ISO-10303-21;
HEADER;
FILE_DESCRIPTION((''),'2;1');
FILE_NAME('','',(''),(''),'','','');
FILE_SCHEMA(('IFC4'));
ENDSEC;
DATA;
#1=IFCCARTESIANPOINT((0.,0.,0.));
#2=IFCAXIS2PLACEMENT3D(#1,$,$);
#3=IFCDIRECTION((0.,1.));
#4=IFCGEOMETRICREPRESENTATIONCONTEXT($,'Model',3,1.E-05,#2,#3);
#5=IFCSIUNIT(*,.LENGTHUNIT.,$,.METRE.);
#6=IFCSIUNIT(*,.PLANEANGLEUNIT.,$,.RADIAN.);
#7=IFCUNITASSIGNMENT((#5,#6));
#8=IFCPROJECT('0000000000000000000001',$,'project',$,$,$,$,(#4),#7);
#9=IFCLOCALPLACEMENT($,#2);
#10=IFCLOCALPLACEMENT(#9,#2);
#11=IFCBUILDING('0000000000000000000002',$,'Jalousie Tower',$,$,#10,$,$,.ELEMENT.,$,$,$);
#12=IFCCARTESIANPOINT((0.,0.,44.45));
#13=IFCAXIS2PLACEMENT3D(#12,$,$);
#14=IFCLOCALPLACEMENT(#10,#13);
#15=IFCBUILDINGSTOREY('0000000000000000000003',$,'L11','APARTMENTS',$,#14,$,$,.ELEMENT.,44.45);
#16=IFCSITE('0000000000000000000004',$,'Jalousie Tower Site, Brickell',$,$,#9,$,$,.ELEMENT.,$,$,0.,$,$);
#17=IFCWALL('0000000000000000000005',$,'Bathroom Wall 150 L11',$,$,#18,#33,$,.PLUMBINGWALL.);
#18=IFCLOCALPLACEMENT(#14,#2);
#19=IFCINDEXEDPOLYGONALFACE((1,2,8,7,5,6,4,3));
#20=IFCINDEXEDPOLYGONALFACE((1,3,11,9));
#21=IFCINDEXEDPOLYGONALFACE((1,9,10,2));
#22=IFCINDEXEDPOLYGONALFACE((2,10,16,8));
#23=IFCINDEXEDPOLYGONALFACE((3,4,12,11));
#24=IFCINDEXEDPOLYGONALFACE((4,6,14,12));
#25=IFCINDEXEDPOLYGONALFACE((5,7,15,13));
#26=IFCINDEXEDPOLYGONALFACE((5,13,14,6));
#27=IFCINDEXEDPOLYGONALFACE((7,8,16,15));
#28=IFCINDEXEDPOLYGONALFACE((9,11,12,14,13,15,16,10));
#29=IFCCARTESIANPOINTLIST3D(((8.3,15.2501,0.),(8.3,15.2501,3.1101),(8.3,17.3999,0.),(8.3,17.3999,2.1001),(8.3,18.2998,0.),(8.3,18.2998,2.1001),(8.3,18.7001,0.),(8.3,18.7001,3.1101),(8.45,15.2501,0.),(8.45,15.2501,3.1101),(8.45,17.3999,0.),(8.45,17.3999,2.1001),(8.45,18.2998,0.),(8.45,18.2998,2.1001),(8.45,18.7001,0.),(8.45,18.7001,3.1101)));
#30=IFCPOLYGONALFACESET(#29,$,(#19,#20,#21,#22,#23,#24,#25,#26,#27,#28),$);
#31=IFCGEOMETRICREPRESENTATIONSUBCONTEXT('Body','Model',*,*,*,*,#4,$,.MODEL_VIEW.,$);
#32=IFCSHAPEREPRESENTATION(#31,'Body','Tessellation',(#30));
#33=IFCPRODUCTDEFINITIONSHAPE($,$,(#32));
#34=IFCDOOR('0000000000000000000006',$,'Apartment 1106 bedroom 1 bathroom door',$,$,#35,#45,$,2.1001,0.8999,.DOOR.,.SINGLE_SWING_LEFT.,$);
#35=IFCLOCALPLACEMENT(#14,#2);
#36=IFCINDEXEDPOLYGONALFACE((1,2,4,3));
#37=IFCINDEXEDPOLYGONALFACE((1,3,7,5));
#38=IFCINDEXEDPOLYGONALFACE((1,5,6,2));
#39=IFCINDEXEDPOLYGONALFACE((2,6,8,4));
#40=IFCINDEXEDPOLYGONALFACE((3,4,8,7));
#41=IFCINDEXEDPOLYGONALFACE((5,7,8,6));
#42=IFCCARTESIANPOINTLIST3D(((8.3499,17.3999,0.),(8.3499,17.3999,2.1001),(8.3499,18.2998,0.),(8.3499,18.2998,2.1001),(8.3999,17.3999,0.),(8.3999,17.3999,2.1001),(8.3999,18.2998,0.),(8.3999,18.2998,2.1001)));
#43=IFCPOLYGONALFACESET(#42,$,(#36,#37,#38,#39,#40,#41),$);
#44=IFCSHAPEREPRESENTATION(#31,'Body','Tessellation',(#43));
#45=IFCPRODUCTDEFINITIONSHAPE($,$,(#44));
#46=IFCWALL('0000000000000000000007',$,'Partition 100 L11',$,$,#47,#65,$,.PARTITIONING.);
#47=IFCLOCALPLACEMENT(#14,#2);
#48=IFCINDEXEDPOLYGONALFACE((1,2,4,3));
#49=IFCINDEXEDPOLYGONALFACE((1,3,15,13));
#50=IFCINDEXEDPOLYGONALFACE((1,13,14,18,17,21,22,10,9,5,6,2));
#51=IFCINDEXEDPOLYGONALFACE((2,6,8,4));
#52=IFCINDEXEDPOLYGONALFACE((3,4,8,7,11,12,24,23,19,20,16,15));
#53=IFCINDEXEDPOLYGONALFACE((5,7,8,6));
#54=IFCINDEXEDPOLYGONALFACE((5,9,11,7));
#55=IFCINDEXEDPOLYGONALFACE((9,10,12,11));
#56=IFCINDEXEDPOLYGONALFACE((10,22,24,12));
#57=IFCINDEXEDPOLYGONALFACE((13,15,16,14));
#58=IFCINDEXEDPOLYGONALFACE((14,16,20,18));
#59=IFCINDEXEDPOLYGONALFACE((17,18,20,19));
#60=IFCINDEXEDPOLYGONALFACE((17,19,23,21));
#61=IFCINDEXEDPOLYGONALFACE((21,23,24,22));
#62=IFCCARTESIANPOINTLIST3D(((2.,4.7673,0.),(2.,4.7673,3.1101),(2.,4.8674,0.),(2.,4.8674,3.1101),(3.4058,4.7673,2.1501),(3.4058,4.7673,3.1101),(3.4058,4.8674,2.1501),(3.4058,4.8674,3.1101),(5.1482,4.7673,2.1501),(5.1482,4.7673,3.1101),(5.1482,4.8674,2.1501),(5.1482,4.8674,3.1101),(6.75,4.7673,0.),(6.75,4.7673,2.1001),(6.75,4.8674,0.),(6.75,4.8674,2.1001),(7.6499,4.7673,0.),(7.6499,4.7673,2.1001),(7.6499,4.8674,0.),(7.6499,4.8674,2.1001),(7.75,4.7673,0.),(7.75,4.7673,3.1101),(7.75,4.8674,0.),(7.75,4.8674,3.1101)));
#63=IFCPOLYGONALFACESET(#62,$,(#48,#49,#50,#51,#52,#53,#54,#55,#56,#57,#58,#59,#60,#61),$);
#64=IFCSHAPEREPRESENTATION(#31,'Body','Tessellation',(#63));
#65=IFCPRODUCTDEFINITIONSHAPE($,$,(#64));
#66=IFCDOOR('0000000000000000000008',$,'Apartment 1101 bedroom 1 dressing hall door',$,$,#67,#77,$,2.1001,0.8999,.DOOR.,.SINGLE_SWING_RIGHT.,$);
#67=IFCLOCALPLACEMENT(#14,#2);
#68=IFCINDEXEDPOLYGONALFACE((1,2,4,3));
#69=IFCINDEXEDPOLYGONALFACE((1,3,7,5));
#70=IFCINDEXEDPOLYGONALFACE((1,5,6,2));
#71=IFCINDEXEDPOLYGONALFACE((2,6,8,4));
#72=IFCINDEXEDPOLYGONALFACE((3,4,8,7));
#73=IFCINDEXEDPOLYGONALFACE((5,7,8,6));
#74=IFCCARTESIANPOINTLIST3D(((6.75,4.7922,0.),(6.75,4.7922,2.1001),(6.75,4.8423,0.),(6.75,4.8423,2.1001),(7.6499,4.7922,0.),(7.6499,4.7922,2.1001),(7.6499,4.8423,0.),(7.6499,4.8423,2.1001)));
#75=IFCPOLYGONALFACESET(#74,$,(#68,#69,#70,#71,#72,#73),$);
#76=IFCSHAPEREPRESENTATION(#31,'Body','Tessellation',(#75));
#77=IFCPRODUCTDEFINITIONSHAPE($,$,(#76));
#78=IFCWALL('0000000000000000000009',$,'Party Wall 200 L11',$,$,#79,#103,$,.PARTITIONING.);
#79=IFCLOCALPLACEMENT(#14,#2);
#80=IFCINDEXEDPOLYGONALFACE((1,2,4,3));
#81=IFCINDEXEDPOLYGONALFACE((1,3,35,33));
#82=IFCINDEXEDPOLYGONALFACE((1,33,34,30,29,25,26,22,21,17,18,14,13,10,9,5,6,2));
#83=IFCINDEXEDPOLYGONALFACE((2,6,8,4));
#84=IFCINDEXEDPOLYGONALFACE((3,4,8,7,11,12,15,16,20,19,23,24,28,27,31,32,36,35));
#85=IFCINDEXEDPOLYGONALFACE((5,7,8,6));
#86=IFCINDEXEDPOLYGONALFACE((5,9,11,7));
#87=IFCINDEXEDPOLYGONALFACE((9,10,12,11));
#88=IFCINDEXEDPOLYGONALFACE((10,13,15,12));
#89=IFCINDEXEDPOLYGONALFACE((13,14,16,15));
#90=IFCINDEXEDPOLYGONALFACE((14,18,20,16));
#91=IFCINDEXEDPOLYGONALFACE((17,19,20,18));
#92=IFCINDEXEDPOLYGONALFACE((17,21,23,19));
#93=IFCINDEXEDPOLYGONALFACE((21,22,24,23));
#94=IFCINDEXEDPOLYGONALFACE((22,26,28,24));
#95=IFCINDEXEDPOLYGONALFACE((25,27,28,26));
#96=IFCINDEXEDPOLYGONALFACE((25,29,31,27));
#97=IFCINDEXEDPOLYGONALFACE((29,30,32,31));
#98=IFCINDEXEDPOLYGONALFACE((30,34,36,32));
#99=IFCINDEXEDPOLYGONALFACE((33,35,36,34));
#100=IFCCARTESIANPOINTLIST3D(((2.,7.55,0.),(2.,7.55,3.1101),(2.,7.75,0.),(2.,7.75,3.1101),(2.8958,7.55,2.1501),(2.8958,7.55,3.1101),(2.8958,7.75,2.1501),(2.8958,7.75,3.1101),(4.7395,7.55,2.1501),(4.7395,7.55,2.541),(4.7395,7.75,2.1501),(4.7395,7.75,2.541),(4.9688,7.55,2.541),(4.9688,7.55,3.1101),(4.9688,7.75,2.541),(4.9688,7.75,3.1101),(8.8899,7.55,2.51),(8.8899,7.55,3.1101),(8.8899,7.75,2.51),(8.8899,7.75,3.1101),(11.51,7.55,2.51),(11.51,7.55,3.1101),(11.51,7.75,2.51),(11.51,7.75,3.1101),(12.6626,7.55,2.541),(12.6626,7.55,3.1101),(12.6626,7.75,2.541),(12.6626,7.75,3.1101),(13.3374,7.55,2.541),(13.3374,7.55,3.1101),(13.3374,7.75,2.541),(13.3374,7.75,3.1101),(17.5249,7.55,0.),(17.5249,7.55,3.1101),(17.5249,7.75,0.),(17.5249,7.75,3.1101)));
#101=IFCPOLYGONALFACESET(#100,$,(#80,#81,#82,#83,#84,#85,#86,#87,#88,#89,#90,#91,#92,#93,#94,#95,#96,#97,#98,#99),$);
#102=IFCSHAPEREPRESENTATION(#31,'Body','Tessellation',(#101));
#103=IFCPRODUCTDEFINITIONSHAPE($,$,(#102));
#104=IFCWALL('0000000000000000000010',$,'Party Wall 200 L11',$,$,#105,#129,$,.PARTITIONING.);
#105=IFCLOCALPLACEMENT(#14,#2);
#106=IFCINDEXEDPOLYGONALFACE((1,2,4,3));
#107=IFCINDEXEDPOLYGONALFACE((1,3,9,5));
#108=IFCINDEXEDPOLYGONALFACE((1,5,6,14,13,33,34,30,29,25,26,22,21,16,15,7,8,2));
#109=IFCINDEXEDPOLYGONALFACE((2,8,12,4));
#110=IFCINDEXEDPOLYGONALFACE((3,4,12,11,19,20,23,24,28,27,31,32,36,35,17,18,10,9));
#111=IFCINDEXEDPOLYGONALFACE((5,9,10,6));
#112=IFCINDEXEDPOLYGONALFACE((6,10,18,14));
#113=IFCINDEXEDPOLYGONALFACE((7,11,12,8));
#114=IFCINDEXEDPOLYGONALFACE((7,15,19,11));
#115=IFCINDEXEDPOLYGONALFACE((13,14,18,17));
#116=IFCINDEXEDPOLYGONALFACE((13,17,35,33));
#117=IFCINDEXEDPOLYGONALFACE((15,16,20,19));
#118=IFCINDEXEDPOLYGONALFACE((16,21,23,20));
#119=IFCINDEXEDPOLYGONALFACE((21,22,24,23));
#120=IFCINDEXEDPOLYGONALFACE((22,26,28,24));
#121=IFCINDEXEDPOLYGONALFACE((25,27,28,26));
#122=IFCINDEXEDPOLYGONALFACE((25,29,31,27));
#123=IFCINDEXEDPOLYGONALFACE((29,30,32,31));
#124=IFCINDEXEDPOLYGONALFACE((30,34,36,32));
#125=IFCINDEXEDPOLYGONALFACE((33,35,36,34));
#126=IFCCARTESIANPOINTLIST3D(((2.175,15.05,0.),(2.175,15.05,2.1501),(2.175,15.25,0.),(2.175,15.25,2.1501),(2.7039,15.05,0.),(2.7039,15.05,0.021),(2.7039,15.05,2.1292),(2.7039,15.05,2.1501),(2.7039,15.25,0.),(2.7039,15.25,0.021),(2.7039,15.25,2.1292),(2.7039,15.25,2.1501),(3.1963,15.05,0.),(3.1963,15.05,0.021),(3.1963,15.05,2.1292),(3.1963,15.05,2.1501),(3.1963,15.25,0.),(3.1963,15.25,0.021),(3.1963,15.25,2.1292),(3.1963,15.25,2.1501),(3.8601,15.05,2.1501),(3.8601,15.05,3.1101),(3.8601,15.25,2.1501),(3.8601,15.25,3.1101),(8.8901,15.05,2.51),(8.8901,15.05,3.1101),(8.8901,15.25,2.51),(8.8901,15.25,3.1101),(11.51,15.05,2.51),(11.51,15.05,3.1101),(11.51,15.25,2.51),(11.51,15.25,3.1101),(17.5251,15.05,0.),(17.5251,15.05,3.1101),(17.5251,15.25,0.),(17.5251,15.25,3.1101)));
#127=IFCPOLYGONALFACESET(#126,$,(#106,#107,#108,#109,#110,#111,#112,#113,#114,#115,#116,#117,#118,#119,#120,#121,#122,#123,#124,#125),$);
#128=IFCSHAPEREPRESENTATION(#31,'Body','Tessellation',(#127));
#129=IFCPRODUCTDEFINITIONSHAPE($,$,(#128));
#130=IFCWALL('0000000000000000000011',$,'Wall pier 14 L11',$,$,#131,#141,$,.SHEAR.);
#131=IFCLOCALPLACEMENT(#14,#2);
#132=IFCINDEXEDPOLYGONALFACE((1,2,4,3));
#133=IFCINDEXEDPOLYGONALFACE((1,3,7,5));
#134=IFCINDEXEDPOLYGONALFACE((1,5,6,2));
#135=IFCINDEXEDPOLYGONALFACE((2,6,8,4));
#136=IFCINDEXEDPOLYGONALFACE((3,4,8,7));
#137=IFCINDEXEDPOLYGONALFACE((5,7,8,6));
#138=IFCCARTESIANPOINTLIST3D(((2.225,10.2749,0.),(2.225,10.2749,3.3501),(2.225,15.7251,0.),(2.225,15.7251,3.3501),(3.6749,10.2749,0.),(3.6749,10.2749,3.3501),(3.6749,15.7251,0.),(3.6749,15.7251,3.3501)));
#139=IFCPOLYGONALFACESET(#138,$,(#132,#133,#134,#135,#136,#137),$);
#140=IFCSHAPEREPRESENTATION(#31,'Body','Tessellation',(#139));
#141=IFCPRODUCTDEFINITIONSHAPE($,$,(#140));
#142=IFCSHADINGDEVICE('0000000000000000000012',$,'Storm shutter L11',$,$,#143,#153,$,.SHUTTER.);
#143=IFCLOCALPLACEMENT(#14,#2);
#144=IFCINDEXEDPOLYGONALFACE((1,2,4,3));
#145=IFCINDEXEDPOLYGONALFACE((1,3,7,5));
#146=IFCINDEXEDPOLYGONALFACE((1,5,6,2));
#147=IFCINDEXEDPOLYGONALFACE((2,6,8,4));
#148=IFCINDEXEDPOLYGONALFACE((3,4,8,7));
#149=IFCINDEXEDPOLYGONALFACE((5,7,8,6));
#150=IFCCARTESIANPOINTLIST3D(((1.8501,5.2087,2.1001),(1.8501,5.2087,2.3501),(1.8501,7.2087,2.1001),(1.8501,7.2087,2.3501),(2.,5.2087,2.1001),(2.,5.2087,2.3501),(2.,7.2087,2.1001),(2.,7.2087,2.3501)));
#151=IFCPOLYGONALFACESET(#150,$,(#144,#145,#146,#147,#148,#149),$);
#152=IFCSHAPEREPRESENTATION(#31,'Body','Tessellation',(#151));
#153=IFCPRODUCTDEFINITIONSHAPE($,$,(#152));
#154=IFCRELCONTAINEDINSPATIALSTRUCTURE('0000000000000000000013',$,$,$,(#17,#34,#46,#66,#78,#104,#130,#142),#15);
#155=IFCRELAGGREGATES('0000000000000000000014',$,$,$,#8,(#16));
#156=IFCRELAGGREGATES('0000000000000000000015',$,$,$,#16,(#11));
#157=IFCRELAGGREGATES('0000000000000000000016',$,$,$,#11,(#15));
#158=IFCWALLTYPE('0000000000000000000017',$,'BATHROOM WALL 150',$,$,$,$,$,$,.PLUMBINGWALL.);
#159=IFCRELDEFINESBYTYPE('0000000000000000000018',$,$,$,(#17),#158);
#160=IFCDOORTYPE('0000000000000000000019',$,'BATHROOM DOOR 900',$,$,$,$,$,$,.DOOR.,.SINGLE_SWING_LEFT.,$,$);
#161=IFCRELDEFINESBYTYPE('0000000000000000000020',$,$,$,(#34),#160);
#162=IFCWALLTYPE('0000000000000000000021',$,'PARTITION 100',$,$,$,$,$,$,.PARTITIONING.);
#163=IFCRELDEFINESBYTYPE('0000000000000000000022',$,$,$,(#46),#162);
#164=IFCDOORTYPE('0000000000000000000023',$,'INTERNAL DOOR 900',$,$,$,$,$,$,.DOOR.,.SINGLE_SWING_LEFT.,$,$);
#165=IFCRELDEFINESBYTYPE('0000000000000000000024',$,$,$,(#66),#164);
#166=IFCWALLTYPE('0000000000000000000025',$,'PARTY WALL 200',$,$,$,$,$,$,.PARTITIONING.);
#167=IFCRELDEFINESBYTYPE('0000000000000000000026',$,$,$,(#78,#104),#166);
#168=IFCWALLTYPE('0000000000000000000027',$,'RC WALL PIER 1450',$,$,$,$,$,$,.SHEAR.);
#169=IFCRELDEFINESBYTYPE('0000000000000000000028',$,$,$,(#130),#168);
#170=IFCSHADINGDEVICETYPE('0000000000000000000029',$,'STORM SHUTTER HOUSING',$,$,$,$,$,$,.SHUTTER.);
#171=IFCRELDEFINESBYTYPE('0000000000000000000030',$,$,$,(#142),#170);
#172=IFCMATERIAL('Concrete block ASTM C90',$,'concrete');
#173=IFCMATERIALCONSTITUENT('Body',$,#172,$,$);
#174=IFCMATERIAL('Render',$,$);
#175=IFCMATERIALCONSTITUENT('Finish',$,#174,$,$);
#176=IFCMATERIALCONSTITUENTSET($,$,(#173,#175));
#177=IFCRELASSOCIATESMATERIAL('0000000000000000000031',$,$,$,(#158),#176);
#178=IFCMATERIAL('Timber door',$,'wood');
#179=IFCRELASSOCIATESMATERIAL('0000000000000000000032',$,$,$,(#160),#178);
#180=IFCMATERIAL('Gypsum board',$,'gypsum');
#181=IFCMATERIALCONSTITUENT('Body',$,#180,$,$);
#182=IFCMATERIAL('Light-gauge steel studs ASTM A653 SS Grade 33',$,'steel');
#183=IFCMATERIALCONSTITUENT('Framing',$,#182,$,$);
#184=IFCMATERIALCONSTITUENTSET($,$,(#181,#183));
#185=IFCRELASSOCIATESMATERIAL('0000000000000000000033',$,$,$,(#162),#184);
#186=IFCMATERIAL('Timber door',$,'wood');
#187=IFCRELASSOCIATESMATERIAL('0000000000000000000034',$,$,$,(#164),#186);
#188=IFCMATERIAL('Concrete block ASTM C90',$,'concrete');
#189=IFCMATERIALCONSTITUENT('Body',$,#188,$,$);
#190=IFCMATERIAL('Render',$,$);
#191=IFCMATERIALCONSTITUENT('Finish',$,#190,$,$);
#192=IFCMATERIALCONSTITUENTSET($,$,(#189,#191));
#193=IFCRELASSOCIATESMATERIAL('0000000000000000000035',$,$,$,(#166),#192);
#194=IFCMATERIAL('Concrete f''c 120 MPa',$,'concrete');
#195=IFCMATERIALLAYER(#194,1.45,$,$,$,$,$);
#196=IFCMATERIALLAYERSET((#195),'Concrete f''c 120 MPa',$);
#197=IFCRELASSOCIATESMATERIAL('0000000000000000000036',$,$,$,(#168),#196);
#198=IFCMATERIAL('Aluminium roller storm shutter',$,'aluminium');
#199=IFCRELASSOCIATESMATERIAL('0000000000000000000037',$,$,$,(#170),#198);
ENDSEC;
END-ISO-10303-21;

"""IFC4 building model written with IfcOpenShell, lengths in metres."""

from ifc_helpers import new_model, si_unit, direction, frame, frame_2d, origin, origin_2d, place, context, subcontext, project, spatial, polyline, rectangle, outline, extrude, material, layer, layer_set, constituent, constituent_set, type_object, element, fill, save


model = new_model("IFC4")

# Units and contexts
model_context = context("Model", 3, precision=1e-05, world=origin(), true_north=direction((0.0, 1.0)))
body_context = subcontext(model_context, "Body", "Model", "MODEL_VIEW")
ifc_project = project(units=[si_unit("LENGTHUNIT", "METRE"), si_unit("PLANEANGLEUNIT", "RADIAN")], contexts=[model_context])

# Site, building, storey
site_placement = place(None, origin())
site = spatial("IfcSite", under=ifc_project, at=site_placement, Name="Jalousie Tower Site, Brickell", CompositionType="ELEMENT", RefElevation=0.0)
building_placement = place(site_placement, origin())
building = spatial("IfcBuilding", under=site, at=building_placement, Name="Jalousie Tower", CompositionType="ELEMENT")
storey_placement = place(building_placement, frame((0.0, 0.0, 44.45)))
storey = spatial("IfcBuildingStorey", under=building, at=storey_placement, Name="L11", Description="APARTMENTS", CompositionType="ELEMENT", Elevation=44.45)

# Walls, openings, doors
ifc_material_1 = material(Name="Concrete block ASTM C90", Category="concrete")
ifc_constituent_1 = constituent(ifc_material_1, Name="Body")
ifc_material_2 = material(Name="Render")
ifc_constituent_2 = constituent(ifc_material_2, Name="Finish")
ifc_constituent_set_1 = constituent_set(constituents=[ifc_constituent_1, ifc_constituent_2])
wall_type_1 = type_object("IfcWallType", Name="BATHROOM WALL 150", PredefinedType="PLUMBINGWALL", material=ifc_constituent_set_1)
ifc_material_3 = material(Name="Timber door", Category="wood")
door_type_1 = type_object("IfcDoorType", Name="BATHROOM DOOR 900", OperationType="SINGLE_SWING_LEFT", PredefinedType="DOOR", material=ifc_material_3)
wall_1_placement = place(storey_placement, frame((8.375, 15.25, 0.0), z_axis=(0.0, 0.0, 1.0), x_axis=(0.0, 1.0, 0.0)))
wall_1 = element("IfcWall", 1, at=wall_1_placement, inside=storey, type_object=wall_type_1, Name="Bathroom Wall 150 L11", PredefinedType="PLUMBINGWALL", context=body_context, shape_type="SweptSolid", body=[
    extrude(rectangle(XDim=3.45, YDim=0.1499, at=frame_2d((1.7251, 0.0))), origin(), (0.0, 0.0, 1.0), 3.1101),
])
opening_1_placement = place(wall_1_placement, frame((2.1499, 0.0, 0.0)))
opening_1 = element("IfcOpeningElement", 2, at=opening_1_placement, cuts=wall_1, PredefinedType="OPENING", context=body_context, shape_type="SweptSolid", body=[
    extrude(rectangle(XDim=0.8999, YDim=2.1001, at=frame_2d((0.45, 1.05))), frame((0.0, 0.085, 0.0), z_axis=(0.0, -1.0, 0.0), x_axis=(1.0, 0.0, 0.0)), (0.0, 0.0, 1.0), 0.1699),
])
door_1_placement = place(opening_1_placement, frame((0.8999, 0.0, 0.0), z_axis=(0.0, 0.0, 1.0), x_axis=(-1.0, 0.0, 0.0)))
door_1 = element("IfcDoor", 3, at=door_1_placement, inside=storey, type_object=door_type_1, Name="Apartment 1106 bedroom 1 bathroom door", OperationType="SINGLE_SWING_LEFT", OverallHeight=2.1001, OverallWidth=0.8999, PredefinedType="DOOR", context=body_context, shape_type="SweptSolid", body=[
    extrude(rectangle(XDim=0.8999, YDim=2.1001, at=frame_2d((0.45, 1.05))), frame((0.0, 0.0249, 0.0), z_axis=(0.0, -1.0, 0.0), x_axis=(1.0, 0.0, 0.0)), (0.0, 0.0, 1.0), 0.05),
])
fill(opening_1, door_1)
ifc_material_4 = material(Name="Gypsum board", Category="gypsum")
ifc_constituent_3 = constituent(ifc_material_4, Name="Body")
ifc_material_5 = material(Name="Light-gauge steel studs ASTM A653 SS Grade 33", Category="steel")
ifc_constituent_4 = constituent(ifc_material_5, Name="Framing")
ifc_constituent_set_2 = constituent_set(constituents=[ifc_constituent_3, ifc_constituent_4])
wall_type_2 = type_object("IfcWallType", Name="PARTITION 100", PredefinedType="PARTITIONING", material=ifc_constituent_set_2)
wall_2_placement = place(storey_placement, frame((2.0, 4.8174, 0.0), z_axis=(0.0, 0.0, 1.0), x_axis=(1.0, 0.0, 0.0)))
wall_2 = element("IfcWall", 4, at=wall_2_placement, inside=storey, type_object=wall_type_2, Name="Partition 100 L11", PredefinedType="PARTITIONING", context=body_context, shape_type="SweptSolid", body=[
    extrude(outline(polyline([(0.0, 0.0), (5.75, 0.0), (5.75, 3.1101), (3.1482, 3.1101), (3.1482, 2.1501), (1.4058, 2.1501), (1.4058, 3.1101), (0.0, 3.1101), (0.0, 0.0)])), frame((0.0, 0.05, 0.0), z_axis=(0.0, -1.0, 0.0), x_axis=(1.0, 0.0, 0.0)), (0.0, 0.0, 1.0), 0.1001),
])
opening_2_placement = place(wall_2_placement, frame((4.75, 0.0, 0.0)))
opening_2 = element("IfcOpeningElement", 5, at=opening_2_placement, cuts=wall_2, PredefinedType="OPENING", context=body_context, shape_type="SweptSolid", body=[
    extrude(rectangle(XDim=0.8999, YDim=2.1001, at=frame_2d((0.45, 1.05))), frame((0.0, 0.0601, 0.0), z_axis=(0.0, -1.0, 0.0), x_axis=(1.0, 0.0, 0.0)), (0.0, 0.0, 1.0), 0.1201),
])
ifc_material_6 = material(Name="Timber door", Category="wood")
door_type_2 = type_object("IfcDoorType", Name="INTERNAL DOOR 900", OperationType="SINGLE_SWING_LEFT", PredefinedType="DOOR", material=ifc_material_6)
door_2_placement = place(opening_2_placement, origin())
door_2 = element("IfcDoor", 6, at=door_2_placement, inside=storey, type_object=door_type_2, Name="Apartment 1101 bedroom 1 dressing hall door", OperationType="SINGLE_SWING_RIGHT", OverallHeight=2.1001, OverallWidth=0.8999, PredefinedType="DOOR", context=body_context, shape_type="SweptSolid", body=[
    extrude(rectangle(XDim=0.8999, YDim=2.1001, at=frame_2d((0.45, 1.05))), frame((0.0, 0.0249, 0.0), z_axis=(0.0, -1.0, 0.0), x_axis=(1.0, 0.0, 0.0)), (0.0, 0.0, 1.0), 0.05),
])
fill(opening_2, door_2)

# Walls
ifc_material_7 = material(Name="Concrete block ASTM C90", Category="concrete")
ifc_constituent_5 = constituent(ifc_material_7, Name="Body")
ifc_material_8 = material(Name="Render")
ifc_constituent_6 = constituent(ifc_material_8, Name="Finish")
ifc_constituent_set_3 = constituent_set(constituents=[ifc_constituent_5, ifc_constituent_6])
wall_type_3 = type_object("IfcWallType", Name="PARTY WALL 200", PredefinedType="PARTITIONING", material=ifc_constituent_set_3)
wall_3_placement = place(storey_placement, frame((2.0, 7.6499, 0.0), z_axis=(0.0, 0.0, 1.0), x_axis=(1.0, 0.0, 0.0)))
element("IfcWall", 7, at=wall_3_placement, inside=storey, type_object=wall_type_3, Name="Party Wall 200 L11", PredefinedType="PARTITIONING", context=body_context, shape_type="SweptSolid", body=[
    extrude(outline(polyline([(0.0, 0.0), (15.5249, 0.0), (15.5249, 3.1101), (11.3374, 3.1101), (11.3374, 2.541), (10.6626, 2.541), (10.6626, 3.1101), (9.51, 3.1101), (9.51, 2.51), (6.8899, 2.51), (6.8899, 3.1101), (2.9688, 3.1101), (2.9688, 2.541), (2.7395, 2.541), (2.7395, 2.1501), (0.8958, 2.1501), (0.8958, 3.1101), (0.0, 3.1101), (0.0, 0.0)])), frame((0.0, 0.1001, 0.0), z_axis=(0.0, -1.0, 0.0), x_axis=(1.0, 0.0, 0.0)), (0.0, 0.0, 1.0), 0.2),
])
wall_4_placement = place(storey_placement, frame((2.175, 15.1499, 0.0), z_axis=(0.0, 0.0, 1.0), x_axis=(1.0, 0.0, 0.0)))
element("IfcWall", 8, at=wall_4_placement, inside=storey, type_object=wall_type_3, Name="Party Wall 200 L11", PredefinedType="PARTITIONING", context=body_context, shape_type="SweptSolid", body=[
    extrude(outline(polyline([(0.5288, 2.1501), (0.0, 2.1501), (0.0, 0.0), (0.5288, 0.0), (0.5288, 0.021), (1.0212, 0.021), (1.0212, 0.0), (15.3501, 0.0), (15.3501, 3.1101), (9.335, 3.1101), (9.335, 2.51), (6.7151, 2.51), (6.7151, 3.1101), (1.6851, 3.1101), (1.6851, 2.1501), (1.0212, 2.1501), (1.0212, 2.1292), (0.5288, 2.1292), (0.5288, 2.1501)])), frame((0.0, 0.1001, 0.0), z_axis=(0.0, -1.0, 0.0), x_axis=(1.0, 0.0, 0.0)), (0.0, 0.0, 1.0), 0.2),
])
ifc_material_9 = material(Name="Concrete f'c 120 MPa", Category="concrete")
ifc_layer_1 = layer(ifc_material_9, 1.45)
ifc_layer_set_1 = layer_set([ifc_layer_1], Name="Concrete f'c 120 MPa")
wall_type_4 = type_object("IfcWallType", Name="RC WALL PIER 1450", PredefinedType="SHEAR", material=ifc_layer_set_1)
wall_5_placement = place(storey_placement, frame((2.95, 10.2749, 0.0), z_axis=(0.0, 0.0, 1.0), x_axis=(0.0, 1.0, 0.0)))
element("IfcWall", 9, at=wall_5_placement, inside=storey, type_object=wall_type_4, Name="Wall pier 14 L11", PredefinedType="SHEAR", context=body_context, shape_type="SweptSolid", body=[
    extrude(rectangle(XDim=5.4502, YDim=1.45, at=frame_2d((2.7251, 0.0))), origin(), (0.0, 0.0, 1.0), 3.3501),
])

# Shading device
ifc_material_10 = material(Name="Aluminium roller storm shutter", Category="aluminium")
shading_device_type = type_object("IfcShadingDeviceType", Name="STORM SHUTTER HOUSING", PredefinedType="SHUTTER", material=ifc_material_10)
shading_device_placement = place(storey_placement, frame((1.925, 6.2087, 2.1001), z_axis=(0.0, 0.0, 1.0), x_axis=(0.0, -1.0, 0.0)))
element("IfcShadingDevice", 10, at=shading_device_placement, inside=storey, type_object=shading_device_type, Name="Storm shutter L11", PredefinedType="SHUTTER", context=body_context, shape_type="SweptSolid", body=[
    extrude(rectangle(XDim=2.0, YDim=0.1499, at=origin_2d()), origin(), (0.0, 0.0, 1.0), 0.25),
])

save(model, "model.ifc")
